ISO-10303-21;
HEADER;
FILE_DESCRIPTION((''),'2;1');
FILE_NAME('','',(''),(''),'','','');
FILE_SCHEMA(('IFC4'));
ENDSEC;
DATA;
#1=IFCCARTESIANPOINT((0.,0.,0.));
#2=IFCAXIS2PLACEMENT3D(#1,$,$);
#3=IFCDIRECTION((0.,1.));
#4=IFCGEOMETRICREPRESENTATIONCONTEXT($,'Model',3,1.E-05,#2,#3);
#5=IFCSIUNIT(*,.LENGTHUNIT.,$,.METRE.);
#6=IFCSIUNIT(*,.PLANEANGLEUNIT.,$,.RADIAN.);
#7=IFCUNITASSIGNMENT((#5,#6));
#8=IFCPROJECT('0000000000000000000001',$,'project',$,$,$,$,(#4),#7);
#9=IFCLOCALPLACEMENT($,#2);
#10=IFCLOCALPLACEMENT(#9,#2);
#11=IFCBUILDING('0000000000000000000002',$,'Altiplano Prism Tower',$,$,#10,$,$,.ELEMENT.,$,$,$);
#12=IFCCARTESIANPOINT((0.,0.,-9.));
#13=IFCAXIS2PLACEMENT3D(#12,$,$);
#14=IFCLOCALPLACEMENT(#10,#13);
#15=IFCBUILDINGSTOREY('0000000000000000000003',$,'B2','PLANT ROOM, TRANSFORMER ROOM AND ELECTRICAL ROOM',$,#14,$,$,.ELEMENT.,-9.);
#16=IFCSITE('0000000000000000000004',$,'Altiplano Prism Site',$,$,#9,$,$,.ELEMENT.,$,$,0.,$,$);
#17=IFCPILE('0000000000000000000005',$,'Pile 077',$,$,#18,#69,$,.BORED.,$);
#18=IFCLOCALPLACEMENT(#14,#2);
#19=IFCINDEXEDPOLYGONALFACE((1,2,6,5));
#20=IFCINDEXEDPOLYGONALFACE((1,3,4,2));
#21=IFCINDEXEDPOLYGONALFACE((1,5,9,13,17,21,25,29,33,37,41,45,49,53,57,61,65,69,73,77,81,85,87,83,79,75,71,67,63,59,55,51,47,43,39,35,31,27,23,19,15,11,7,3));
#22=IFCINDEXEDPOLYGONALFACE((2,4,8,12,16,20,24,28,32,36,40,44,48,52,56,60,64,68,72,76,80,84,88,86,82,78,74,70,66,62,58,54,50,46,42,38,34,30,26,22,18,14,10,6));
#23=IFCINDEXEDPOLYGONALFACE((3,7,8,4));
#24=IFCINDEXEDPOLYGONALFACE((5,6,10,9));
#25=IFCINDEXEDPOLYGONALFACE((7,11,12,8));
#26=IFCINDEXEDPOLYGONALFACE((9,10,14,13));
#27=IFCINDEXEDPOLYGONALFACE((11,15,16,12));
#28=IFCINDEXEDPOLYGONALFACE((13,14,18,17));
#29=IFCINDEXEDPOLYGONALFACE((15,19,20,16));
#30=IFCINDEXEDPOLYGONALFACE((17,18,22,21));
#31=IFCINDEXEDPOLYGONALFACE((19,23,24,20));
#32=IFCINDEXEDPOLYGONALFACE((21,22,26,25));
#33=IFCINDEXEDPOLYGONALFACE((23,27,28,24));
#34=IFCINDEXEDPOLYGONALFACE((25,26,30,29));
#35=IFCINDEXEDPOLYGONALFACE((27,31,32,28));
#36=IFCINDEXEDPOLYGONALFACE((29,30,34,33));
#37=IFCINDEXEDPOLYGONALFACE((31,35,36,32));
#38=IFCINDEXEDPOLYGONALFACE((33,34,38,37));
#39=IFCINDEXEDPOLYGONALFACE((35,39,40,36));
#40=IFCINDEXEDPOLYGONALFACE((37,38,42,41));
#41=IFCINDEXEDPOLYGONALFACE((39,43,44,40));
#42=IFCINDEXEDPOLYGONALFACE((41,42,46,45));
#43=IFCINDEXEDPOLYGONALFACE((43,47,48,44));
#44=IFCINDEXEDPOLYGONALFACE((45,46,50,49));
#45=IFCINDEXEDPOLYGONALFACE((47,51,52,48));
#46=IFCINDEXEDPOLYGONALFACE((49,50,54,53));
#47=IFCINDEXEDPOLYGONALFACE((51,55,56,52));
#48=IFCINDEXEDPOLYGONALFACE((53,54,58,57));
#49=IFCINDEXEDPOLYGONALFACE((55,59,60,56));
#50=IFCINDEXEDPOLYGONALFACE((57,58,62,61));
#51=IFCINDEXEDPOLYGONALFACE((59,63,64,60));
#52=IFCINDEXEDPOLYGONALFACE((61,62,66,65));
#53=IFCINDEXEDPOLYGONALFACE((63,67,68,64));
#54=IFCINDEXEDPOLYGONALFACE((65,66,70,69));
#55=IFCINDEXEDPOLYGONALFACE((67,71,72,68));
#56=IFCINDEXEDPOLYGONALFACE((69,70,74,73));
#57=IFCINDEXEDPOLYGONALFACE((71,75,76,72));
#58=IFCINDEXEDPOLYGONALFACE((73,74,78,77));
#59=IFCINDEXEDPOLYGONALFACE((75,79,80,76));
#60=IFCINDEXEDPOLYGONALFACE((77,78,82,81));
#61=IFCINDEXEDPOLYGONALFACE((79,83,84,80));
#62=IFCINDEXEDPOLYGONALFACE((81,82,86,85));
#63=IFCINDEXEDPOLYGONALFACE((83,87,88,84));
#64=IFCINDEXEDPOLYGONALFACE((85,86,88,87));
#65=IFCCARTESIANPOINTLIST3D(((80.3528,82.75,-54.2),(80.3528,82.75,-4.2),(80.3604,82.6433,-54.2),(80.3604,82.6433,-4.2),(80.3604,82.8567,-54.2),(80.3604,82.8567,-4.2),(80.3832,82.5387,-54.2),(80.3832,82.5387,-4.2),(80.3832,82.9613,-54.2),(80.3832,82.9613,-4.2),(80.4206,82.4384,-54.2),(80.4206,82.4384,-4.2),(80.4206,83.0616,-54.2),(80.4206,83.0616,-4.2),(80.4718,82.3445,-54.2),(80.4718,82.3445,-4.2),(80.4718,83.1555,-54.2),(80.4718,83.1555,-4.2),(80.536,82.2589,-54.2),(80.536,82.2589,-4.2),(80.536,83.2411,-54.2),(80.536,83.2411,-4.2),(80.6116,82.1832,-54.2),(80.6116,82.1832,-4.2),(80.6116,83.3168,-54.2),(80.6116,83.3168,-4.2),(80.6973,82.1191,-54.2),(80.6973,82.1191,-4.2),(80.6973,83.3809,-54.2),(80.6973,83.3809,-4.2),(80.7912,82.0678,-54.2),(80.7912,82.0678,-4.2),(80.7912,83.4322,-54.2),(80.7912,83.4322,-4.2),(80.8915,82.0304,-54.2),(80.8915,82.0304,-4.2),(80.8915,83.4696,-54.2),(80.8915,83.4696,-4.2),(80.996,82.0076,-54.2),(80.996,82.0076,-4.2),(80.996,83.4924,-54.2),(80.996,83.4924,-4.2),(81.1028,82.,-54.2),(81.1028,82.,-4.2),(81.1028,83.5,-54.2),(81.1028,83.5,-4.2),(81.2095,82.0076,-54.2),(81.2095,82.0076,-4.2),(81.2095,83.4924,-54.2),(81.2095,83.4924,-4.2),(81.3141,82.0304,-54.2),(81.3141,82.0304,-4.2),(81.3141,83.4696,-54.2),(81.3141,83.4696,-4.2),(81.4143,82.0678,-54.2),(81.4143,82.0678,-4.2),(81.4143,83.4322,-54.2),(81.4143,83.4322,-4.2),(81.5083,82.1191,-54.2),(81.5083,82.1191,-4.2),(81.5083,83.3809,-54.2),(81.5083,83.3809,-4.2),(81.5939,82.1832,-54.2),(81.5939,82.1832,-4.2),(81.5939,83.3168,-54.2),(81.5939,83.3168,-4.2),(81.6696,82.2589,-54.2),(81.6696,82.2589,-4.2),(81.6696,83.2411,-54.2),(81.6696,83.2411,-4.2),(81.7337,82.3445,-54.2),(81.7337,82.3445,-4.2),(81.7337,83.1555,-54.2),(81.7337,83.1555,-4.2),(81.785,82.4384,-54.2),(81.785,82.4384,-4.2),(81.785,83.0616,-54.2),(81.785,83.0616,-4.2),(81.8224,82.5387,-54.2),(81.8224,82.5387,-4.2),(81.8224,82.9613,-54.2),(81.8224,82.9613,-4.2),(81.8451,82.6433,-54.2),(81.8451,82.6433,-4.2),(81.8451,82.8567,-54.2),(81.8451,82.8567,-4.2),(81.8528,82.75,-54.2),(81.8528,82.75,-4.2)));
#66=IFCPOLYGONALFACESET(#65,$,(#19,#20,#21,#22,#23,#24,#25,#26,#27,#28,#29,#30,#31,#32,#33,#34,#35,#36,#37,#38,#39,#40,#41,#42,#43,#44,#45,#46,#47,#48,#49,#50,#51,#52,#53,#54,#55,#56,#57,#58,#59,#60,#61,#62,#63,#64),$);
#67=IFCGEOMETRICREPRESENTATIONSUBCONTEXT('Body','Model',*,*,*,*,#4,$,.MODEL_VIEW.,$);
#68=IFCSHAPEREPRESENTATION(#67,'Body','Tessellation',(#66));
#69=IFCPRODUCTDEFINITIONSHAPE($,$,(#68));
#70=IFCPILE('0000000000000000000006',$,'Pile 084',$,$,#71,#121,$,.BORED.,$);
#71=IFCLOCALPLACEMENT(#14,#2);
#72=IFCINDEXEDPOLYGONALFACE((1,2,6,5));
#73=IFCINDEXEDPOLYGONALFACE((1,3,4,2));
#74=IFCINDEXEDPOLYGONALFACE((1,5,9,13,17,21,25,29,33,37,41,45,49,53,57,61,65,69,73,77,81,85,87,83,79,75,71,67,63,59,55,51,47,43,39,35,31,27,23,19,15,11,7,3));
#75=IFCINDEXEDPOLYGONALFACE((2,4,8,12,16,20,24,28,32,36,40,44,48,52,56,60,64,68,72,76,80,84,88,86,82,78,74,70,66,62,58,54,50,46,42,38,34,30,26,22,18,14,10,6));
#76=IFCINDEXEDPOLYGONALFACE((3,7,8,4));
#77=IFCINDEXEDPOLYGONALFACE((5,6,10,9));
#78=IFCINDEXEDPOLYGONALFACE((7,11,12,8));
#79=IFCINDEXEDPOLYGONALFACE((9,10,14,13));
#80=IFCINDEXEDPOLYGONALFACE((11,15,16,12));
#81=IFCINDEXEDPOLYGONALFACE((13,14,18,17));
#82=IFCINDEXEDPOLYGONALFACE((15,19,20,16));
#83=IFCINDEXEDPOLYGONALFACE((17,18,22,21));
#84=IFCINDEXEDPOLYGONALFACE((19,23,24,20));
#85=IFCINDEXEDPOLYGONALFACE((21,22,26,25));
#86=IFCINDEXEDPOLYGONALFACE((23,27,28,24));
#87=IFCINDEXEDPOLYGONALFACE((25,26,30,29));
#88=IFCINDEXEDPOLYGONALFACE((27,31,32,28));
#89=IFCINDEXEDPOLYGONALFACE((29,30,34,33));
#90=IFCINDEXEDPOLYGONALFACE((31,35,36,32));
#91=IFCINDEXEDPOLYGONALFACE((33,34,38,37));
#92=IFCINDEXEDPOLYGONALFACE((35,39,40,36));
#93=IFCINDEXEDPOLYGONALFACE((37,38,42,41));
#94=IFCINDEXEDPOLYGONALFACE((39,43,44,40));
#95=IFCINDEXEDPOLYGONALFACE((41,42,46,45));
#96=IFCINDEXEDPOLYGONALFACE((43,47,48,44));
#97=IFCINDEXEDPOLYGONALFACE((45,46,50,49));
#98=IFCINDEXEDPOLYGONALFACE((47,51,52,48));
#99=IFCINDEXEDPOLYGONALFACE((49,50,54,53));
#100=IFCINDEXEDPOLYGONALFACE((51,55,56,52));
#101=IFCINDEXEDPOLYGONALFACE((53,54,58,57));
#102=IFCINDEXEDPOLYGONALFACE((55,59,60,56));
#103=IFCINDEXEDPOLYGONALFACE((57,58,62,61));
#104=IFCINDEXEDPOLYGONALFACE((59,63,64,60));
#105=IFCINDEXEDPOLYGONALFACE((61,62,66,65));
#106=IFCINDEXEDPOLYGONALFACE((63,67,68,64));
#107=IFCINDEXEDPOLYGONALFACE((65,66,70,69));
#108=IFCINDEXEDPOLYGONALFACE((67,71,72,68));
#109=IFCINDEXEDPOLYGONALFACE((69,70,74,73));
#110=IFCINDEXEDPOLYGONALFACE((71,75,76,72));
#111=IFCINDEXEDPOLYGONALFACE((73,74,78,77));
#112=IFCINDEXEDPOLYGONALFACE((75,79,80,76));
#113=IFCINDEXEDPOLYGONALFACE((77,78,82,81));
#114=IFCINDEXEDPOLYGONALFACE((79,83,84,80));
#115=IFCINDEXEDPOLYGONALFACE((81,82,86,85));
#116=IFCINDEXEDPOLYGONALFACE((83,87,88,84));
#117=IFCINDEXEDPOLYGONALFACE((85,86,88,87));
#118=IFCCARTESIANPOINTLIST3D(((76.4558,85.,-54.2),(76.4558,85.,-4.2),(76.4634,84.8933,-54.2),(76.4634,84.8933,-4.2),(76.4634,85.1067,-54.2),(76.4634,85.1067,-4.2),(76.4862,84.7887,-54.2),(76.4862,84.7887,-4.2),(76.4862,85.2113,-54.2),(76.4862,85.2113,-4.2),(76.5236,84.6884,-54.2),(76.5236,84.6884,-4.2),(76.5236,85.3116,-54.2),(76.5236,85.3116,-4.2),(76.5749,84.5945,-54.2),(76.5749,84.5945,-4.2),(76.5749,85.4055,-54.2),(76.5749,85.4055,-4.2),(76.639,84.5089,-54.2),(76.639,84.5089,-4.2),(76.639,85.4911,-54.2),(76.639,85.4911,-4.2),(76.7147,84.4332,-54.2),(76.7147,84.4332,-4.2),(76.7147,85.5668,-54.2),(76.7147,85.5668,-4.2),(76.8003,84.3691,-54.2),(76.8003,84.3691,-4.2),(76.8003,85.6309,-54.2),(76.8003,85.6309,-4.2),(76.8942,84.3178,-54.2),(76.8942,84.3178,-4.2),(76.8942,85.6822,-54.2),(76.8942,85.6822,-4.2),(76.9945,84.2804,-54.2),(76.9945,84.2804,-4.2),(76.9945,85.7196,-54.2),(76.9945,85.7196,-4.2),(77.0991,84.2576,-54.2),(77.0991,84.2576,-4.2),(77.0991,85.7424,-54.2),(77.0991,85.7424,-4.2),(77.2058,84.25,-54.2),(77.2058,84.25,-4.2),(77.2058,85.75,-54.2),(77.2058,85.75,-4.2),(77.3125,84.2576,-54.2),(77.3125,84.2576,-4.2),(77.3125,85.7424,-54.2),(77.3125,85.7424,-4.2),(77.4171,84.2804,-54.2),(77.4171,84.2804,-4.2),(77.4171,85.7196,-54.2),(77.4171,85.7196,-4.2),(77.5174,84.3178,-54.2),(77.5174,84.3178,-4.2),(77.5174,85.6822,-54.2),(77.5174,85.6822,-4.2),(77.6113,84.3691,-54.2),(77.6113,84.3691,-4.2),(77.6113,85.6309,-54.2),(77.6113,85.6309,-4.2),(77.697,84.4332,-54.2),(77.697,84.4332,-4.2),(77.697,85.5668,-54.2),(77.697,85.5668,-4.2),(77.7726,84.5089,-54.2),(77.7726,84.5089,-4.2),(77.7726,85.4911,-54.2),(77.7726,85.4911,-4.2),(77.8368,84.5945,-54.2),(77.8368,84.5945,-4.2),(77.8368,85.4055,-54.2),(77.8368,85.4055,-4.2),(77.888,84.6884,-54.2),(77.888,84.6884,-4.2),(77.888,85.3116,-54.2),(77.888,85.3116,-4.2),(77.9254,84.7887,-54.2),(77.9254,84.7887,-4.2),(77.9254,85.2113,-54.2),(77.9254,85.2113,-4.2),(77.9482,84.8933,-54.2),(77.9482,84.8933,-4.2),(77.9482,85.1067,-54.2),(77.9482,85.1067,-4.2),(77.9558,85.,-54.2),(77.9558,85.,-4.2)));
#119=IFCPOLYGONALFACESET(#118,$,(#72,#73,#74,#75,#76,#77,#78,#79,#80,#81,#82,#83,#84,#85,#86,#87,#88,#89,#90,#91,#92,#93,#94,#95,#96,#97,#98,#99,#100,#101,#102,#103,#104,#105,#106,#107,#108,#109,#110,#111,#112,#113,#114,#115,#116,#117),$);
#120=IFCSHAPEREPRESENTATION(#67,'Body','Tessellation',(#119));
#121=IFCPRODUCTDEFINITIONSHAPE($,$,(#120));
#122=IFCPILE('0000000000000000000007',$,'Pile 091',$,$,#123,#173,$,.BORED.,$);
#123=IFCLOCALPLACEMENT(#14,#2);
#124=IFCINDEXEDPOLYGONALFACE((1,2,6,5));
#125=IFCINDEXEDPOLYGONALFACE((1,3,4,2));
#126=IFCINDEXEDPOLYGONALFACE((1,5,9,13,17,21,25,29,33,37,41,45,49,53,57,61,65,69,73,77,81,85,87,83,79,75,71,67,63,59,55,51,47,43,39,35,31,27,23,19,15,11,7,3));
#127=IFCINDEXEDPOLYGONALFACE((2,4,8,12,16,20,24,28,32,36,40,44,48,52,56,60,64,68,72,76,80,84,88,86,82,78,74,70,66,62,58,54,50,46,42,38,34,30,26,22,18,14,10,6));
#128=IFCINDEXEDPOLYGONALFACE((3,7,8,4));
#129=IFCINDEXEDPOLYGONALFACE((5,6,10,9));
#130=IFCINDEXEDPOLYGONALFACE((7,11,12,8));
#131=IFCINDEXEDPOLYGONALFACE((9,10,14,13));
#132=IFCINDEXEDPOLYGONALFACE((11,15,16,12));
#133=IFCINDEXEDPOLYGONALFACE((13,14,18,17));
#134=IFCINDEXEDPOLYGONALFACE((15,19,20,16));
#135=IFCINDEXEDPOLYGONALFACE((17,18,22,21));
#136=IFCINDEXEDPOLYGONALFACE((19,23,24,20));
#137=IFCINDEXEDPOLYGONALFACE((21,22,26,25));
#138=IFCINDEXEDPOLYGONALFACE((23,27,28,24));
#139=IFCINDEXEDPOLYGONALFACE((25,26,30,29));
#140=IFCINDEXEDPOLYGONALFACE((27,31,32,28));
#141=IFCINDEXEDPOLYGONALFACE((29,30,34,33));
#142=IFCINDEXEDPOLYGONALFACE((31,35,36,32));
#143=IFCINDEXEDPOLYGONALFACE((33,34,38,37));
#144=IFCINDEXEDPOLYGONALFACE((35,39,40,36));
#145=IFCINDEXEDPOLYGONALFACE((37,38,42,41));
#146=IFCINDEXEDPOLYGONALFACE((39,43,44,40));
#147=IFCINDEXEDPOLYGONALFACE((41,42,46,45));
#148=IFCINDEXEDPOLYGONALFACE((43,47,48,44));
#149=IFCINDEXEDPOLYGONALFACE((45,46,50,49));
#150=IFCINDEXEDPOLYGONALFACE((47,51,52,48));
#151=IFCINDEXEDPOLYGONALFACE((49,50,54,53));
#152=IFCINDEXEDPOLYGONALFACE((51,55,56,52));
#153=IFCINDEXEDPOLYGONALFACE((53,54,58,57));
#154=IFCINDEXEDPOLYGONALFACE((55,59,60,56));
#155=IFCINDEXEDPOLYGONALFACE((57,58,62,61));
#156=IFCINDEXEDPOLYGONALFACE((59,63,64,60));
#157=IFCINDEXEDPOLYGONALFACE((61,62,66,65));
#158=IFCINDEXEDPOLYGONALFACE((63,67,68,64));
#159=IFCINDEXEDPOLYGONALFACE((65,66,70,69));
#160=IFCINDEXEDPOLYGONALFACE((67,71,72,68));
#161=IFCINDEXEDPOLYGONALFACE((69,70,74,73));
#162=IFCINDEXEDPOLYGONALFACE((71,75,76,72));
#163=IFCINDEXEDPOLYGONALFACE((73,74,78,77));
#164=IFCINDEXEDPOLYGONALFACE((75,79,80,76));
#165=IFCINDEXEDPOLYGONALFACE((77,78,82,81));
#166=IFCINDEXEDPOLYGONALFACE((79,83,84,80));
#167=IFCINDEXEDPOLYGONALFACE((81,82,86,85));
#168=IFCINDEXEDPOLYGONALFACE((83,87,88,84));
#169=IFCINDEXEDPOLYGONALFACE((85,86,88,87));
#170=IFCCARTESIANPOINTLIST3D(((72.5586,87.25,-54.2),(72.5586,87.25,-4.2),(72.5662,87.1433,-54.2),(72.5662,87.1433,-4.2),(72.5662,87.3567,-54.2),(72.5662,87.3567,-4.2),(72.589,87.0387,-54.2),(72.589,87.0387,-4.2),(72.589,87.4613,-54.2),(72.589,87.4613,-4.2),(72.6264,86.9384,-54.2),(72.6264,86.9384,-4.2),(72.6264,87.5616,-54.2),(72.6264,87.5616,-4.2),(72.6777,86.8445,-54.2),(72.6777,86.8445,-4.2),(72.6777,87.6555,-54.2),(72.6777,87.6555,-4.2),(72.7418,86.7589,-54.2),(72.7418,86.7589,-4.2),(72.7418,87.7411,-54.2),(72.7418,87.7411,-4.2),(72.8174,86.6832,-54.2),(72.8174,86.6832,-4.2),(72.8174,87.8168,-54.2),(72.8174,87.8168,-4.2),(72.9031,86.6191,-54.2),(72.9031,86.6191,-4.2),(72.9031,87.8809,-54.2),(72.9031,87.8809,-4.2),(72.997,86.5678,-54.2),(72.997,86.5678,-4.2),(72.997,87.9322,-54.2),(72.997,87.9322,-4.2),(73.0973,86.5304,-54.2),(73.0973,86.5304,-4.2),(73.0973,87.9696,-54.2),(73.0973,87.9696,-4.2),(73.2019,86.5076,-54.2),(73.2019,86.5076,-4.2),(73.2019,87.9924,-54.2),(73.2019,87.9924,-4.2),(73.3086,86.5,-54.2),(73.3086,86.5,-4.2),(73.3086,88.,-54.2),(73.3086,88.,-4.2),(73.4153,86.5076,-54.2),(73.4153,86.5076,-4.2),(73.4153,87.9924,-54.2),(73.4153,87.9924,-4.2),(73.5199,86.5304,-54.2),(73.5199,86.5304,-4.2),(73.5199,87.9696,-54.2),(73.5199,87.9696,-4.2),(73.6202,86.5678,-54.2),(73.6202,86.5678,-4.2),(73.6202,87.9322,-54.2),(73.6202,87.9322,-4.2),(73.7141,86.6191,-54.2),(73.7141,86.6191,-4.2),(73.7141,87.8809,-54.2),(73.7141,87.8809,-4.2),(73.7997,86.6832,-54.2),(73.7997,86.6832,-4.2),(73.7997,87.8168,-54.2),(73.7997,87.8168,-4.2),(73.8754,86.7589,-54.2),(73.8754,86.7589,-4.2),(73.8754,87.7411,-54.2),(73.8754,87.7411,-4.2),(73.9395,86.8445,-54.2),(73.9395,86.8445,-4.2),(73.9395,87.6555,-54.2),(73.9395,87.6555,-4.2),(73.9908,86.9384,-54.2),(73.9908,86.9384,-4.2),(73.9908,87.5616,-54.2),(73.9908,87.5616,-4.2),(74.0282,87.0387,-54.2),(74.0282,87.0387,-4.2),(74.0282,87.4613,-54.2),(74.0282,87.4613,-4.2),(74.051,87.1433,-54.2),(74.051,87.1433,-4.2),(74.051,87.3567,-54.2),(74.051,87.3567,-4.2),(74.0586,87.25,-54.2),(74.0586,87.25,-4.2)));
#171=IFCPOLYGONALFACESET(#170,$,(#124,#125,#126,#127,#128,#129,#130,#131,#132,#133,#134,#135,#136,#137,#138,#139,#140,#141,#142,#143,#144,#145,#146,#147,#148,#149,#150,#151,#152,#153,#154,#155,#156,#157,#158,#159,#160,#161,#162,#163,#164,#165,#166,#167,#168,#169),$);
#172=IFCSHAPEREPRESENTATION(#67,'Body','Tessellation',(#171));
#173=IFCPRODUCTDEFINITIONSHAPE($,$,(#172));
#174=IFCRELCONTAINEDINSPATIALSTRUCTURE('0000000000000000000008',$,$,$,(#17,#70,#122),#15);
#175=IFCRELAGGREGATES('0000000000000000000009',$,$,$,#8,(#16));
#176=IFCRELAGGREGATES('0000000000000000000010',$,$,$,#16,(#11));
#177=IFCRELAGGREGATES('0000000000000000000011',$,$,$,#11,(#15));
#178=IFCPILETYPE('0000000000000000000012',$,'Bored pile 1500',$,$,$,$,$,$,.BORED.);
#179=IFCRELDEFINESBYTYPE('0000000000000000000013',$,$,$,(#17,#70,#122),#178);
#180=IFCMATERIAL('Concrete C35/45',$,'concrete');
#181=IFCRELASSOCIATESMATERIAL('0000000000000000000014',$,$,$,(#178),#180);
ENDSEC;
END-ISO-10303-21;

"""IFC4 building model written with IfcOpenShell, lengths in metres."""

from ifc_helpers import new_model, si_unit, direction, frame, origin, origin_2d, place, context, subcontext, project, spatial, circle, extrude, material, material_profile, profile_set, type_object, element, save


model = new_model("IFC4")

# Units and contexts
model_context = context("Model", 3, precision=1e-05, world=origin(), true_north=direction((0.0, 1.0)))
body_context = subcontext(model_context, "Body", "Model", "MODEL_VIEW")
ifc_project = project(units=[si_unit("LENGTHUNIT", "METRE"), si_unit("PLANEANGLEUNIT", "RADIAN")], contexts=[model_context])

# Site, building, storey
site_placement = place(None, origin())
site = spatial("IfcSite", under=ifc_project, at=site_placement, Name="Altiplano Prism Site", CompositionType="ELEMENT", RefElevation=0.0)
building_placement = place(site_placement, origin())
building = spatial("IfcBuilding", under=site, at=building_placement, Name="Altiplano Prism Tower", CompositionType="ELEMENT")
storey_placement = place(building_placement, frame((0.0, 0.0, -9.0)))
storey = spatial("IfcBuildingStorey", under=building, at=storey_placement, Name="B2", Description="PLANT ROOM, TRANSFORMER ROOM AND ELECTRICAL ROOM", CompositionType="ELEMENT", Elevation=-9.0)

# Piles
ifc_material_1 = material(Name="Concrete C35/45", Category="concrete")
ifc_material_profile = material_profile(ifc_material_1, circle(Radius=0.75, at=origin_2d()), Name="Bored pile 1500")
ifc_profile_set = profile_set([ifc_material_profile], Name="Concrete C35/45")
pile_type = type_object("IfcPileType", Name="Bored pile 1500", PredefinedType="BORED", material=ifc_profile_set)
for number, where, z_axis, x_axis, name in (
    (1, (81.1028, 82.75, -4.2), (0.0, 0.0, -1.0), (1.0, 0.0, 0.0), "Pile 077"),
    (2, (77.2058, 85.0, -4.2), (0.0, 0.0, -1.0), (1.0, 0.0, 0.0), "Pile 084"),
    (3, (73.3086, 87.25, -4.2), (0.0, 0.0, -1.0), (1.0, 0.0, 0.0), "Pile 091"),
):
    element("IfcPile", number, at=place(storey_placement, frame(where, z_axis=z_axis, x_axis=x_axis)), inside=storey, type_object=pile_type, Name=name, PredefinedType="BORED", context=body_context, shape_type="SweptSolid", body=[
        extrude(circle(Radius=0.75, at=origin_2d()), origin(), (0.0, 0.0, 1.0), 50.0),
    ])

save(model, "model.ifc")
